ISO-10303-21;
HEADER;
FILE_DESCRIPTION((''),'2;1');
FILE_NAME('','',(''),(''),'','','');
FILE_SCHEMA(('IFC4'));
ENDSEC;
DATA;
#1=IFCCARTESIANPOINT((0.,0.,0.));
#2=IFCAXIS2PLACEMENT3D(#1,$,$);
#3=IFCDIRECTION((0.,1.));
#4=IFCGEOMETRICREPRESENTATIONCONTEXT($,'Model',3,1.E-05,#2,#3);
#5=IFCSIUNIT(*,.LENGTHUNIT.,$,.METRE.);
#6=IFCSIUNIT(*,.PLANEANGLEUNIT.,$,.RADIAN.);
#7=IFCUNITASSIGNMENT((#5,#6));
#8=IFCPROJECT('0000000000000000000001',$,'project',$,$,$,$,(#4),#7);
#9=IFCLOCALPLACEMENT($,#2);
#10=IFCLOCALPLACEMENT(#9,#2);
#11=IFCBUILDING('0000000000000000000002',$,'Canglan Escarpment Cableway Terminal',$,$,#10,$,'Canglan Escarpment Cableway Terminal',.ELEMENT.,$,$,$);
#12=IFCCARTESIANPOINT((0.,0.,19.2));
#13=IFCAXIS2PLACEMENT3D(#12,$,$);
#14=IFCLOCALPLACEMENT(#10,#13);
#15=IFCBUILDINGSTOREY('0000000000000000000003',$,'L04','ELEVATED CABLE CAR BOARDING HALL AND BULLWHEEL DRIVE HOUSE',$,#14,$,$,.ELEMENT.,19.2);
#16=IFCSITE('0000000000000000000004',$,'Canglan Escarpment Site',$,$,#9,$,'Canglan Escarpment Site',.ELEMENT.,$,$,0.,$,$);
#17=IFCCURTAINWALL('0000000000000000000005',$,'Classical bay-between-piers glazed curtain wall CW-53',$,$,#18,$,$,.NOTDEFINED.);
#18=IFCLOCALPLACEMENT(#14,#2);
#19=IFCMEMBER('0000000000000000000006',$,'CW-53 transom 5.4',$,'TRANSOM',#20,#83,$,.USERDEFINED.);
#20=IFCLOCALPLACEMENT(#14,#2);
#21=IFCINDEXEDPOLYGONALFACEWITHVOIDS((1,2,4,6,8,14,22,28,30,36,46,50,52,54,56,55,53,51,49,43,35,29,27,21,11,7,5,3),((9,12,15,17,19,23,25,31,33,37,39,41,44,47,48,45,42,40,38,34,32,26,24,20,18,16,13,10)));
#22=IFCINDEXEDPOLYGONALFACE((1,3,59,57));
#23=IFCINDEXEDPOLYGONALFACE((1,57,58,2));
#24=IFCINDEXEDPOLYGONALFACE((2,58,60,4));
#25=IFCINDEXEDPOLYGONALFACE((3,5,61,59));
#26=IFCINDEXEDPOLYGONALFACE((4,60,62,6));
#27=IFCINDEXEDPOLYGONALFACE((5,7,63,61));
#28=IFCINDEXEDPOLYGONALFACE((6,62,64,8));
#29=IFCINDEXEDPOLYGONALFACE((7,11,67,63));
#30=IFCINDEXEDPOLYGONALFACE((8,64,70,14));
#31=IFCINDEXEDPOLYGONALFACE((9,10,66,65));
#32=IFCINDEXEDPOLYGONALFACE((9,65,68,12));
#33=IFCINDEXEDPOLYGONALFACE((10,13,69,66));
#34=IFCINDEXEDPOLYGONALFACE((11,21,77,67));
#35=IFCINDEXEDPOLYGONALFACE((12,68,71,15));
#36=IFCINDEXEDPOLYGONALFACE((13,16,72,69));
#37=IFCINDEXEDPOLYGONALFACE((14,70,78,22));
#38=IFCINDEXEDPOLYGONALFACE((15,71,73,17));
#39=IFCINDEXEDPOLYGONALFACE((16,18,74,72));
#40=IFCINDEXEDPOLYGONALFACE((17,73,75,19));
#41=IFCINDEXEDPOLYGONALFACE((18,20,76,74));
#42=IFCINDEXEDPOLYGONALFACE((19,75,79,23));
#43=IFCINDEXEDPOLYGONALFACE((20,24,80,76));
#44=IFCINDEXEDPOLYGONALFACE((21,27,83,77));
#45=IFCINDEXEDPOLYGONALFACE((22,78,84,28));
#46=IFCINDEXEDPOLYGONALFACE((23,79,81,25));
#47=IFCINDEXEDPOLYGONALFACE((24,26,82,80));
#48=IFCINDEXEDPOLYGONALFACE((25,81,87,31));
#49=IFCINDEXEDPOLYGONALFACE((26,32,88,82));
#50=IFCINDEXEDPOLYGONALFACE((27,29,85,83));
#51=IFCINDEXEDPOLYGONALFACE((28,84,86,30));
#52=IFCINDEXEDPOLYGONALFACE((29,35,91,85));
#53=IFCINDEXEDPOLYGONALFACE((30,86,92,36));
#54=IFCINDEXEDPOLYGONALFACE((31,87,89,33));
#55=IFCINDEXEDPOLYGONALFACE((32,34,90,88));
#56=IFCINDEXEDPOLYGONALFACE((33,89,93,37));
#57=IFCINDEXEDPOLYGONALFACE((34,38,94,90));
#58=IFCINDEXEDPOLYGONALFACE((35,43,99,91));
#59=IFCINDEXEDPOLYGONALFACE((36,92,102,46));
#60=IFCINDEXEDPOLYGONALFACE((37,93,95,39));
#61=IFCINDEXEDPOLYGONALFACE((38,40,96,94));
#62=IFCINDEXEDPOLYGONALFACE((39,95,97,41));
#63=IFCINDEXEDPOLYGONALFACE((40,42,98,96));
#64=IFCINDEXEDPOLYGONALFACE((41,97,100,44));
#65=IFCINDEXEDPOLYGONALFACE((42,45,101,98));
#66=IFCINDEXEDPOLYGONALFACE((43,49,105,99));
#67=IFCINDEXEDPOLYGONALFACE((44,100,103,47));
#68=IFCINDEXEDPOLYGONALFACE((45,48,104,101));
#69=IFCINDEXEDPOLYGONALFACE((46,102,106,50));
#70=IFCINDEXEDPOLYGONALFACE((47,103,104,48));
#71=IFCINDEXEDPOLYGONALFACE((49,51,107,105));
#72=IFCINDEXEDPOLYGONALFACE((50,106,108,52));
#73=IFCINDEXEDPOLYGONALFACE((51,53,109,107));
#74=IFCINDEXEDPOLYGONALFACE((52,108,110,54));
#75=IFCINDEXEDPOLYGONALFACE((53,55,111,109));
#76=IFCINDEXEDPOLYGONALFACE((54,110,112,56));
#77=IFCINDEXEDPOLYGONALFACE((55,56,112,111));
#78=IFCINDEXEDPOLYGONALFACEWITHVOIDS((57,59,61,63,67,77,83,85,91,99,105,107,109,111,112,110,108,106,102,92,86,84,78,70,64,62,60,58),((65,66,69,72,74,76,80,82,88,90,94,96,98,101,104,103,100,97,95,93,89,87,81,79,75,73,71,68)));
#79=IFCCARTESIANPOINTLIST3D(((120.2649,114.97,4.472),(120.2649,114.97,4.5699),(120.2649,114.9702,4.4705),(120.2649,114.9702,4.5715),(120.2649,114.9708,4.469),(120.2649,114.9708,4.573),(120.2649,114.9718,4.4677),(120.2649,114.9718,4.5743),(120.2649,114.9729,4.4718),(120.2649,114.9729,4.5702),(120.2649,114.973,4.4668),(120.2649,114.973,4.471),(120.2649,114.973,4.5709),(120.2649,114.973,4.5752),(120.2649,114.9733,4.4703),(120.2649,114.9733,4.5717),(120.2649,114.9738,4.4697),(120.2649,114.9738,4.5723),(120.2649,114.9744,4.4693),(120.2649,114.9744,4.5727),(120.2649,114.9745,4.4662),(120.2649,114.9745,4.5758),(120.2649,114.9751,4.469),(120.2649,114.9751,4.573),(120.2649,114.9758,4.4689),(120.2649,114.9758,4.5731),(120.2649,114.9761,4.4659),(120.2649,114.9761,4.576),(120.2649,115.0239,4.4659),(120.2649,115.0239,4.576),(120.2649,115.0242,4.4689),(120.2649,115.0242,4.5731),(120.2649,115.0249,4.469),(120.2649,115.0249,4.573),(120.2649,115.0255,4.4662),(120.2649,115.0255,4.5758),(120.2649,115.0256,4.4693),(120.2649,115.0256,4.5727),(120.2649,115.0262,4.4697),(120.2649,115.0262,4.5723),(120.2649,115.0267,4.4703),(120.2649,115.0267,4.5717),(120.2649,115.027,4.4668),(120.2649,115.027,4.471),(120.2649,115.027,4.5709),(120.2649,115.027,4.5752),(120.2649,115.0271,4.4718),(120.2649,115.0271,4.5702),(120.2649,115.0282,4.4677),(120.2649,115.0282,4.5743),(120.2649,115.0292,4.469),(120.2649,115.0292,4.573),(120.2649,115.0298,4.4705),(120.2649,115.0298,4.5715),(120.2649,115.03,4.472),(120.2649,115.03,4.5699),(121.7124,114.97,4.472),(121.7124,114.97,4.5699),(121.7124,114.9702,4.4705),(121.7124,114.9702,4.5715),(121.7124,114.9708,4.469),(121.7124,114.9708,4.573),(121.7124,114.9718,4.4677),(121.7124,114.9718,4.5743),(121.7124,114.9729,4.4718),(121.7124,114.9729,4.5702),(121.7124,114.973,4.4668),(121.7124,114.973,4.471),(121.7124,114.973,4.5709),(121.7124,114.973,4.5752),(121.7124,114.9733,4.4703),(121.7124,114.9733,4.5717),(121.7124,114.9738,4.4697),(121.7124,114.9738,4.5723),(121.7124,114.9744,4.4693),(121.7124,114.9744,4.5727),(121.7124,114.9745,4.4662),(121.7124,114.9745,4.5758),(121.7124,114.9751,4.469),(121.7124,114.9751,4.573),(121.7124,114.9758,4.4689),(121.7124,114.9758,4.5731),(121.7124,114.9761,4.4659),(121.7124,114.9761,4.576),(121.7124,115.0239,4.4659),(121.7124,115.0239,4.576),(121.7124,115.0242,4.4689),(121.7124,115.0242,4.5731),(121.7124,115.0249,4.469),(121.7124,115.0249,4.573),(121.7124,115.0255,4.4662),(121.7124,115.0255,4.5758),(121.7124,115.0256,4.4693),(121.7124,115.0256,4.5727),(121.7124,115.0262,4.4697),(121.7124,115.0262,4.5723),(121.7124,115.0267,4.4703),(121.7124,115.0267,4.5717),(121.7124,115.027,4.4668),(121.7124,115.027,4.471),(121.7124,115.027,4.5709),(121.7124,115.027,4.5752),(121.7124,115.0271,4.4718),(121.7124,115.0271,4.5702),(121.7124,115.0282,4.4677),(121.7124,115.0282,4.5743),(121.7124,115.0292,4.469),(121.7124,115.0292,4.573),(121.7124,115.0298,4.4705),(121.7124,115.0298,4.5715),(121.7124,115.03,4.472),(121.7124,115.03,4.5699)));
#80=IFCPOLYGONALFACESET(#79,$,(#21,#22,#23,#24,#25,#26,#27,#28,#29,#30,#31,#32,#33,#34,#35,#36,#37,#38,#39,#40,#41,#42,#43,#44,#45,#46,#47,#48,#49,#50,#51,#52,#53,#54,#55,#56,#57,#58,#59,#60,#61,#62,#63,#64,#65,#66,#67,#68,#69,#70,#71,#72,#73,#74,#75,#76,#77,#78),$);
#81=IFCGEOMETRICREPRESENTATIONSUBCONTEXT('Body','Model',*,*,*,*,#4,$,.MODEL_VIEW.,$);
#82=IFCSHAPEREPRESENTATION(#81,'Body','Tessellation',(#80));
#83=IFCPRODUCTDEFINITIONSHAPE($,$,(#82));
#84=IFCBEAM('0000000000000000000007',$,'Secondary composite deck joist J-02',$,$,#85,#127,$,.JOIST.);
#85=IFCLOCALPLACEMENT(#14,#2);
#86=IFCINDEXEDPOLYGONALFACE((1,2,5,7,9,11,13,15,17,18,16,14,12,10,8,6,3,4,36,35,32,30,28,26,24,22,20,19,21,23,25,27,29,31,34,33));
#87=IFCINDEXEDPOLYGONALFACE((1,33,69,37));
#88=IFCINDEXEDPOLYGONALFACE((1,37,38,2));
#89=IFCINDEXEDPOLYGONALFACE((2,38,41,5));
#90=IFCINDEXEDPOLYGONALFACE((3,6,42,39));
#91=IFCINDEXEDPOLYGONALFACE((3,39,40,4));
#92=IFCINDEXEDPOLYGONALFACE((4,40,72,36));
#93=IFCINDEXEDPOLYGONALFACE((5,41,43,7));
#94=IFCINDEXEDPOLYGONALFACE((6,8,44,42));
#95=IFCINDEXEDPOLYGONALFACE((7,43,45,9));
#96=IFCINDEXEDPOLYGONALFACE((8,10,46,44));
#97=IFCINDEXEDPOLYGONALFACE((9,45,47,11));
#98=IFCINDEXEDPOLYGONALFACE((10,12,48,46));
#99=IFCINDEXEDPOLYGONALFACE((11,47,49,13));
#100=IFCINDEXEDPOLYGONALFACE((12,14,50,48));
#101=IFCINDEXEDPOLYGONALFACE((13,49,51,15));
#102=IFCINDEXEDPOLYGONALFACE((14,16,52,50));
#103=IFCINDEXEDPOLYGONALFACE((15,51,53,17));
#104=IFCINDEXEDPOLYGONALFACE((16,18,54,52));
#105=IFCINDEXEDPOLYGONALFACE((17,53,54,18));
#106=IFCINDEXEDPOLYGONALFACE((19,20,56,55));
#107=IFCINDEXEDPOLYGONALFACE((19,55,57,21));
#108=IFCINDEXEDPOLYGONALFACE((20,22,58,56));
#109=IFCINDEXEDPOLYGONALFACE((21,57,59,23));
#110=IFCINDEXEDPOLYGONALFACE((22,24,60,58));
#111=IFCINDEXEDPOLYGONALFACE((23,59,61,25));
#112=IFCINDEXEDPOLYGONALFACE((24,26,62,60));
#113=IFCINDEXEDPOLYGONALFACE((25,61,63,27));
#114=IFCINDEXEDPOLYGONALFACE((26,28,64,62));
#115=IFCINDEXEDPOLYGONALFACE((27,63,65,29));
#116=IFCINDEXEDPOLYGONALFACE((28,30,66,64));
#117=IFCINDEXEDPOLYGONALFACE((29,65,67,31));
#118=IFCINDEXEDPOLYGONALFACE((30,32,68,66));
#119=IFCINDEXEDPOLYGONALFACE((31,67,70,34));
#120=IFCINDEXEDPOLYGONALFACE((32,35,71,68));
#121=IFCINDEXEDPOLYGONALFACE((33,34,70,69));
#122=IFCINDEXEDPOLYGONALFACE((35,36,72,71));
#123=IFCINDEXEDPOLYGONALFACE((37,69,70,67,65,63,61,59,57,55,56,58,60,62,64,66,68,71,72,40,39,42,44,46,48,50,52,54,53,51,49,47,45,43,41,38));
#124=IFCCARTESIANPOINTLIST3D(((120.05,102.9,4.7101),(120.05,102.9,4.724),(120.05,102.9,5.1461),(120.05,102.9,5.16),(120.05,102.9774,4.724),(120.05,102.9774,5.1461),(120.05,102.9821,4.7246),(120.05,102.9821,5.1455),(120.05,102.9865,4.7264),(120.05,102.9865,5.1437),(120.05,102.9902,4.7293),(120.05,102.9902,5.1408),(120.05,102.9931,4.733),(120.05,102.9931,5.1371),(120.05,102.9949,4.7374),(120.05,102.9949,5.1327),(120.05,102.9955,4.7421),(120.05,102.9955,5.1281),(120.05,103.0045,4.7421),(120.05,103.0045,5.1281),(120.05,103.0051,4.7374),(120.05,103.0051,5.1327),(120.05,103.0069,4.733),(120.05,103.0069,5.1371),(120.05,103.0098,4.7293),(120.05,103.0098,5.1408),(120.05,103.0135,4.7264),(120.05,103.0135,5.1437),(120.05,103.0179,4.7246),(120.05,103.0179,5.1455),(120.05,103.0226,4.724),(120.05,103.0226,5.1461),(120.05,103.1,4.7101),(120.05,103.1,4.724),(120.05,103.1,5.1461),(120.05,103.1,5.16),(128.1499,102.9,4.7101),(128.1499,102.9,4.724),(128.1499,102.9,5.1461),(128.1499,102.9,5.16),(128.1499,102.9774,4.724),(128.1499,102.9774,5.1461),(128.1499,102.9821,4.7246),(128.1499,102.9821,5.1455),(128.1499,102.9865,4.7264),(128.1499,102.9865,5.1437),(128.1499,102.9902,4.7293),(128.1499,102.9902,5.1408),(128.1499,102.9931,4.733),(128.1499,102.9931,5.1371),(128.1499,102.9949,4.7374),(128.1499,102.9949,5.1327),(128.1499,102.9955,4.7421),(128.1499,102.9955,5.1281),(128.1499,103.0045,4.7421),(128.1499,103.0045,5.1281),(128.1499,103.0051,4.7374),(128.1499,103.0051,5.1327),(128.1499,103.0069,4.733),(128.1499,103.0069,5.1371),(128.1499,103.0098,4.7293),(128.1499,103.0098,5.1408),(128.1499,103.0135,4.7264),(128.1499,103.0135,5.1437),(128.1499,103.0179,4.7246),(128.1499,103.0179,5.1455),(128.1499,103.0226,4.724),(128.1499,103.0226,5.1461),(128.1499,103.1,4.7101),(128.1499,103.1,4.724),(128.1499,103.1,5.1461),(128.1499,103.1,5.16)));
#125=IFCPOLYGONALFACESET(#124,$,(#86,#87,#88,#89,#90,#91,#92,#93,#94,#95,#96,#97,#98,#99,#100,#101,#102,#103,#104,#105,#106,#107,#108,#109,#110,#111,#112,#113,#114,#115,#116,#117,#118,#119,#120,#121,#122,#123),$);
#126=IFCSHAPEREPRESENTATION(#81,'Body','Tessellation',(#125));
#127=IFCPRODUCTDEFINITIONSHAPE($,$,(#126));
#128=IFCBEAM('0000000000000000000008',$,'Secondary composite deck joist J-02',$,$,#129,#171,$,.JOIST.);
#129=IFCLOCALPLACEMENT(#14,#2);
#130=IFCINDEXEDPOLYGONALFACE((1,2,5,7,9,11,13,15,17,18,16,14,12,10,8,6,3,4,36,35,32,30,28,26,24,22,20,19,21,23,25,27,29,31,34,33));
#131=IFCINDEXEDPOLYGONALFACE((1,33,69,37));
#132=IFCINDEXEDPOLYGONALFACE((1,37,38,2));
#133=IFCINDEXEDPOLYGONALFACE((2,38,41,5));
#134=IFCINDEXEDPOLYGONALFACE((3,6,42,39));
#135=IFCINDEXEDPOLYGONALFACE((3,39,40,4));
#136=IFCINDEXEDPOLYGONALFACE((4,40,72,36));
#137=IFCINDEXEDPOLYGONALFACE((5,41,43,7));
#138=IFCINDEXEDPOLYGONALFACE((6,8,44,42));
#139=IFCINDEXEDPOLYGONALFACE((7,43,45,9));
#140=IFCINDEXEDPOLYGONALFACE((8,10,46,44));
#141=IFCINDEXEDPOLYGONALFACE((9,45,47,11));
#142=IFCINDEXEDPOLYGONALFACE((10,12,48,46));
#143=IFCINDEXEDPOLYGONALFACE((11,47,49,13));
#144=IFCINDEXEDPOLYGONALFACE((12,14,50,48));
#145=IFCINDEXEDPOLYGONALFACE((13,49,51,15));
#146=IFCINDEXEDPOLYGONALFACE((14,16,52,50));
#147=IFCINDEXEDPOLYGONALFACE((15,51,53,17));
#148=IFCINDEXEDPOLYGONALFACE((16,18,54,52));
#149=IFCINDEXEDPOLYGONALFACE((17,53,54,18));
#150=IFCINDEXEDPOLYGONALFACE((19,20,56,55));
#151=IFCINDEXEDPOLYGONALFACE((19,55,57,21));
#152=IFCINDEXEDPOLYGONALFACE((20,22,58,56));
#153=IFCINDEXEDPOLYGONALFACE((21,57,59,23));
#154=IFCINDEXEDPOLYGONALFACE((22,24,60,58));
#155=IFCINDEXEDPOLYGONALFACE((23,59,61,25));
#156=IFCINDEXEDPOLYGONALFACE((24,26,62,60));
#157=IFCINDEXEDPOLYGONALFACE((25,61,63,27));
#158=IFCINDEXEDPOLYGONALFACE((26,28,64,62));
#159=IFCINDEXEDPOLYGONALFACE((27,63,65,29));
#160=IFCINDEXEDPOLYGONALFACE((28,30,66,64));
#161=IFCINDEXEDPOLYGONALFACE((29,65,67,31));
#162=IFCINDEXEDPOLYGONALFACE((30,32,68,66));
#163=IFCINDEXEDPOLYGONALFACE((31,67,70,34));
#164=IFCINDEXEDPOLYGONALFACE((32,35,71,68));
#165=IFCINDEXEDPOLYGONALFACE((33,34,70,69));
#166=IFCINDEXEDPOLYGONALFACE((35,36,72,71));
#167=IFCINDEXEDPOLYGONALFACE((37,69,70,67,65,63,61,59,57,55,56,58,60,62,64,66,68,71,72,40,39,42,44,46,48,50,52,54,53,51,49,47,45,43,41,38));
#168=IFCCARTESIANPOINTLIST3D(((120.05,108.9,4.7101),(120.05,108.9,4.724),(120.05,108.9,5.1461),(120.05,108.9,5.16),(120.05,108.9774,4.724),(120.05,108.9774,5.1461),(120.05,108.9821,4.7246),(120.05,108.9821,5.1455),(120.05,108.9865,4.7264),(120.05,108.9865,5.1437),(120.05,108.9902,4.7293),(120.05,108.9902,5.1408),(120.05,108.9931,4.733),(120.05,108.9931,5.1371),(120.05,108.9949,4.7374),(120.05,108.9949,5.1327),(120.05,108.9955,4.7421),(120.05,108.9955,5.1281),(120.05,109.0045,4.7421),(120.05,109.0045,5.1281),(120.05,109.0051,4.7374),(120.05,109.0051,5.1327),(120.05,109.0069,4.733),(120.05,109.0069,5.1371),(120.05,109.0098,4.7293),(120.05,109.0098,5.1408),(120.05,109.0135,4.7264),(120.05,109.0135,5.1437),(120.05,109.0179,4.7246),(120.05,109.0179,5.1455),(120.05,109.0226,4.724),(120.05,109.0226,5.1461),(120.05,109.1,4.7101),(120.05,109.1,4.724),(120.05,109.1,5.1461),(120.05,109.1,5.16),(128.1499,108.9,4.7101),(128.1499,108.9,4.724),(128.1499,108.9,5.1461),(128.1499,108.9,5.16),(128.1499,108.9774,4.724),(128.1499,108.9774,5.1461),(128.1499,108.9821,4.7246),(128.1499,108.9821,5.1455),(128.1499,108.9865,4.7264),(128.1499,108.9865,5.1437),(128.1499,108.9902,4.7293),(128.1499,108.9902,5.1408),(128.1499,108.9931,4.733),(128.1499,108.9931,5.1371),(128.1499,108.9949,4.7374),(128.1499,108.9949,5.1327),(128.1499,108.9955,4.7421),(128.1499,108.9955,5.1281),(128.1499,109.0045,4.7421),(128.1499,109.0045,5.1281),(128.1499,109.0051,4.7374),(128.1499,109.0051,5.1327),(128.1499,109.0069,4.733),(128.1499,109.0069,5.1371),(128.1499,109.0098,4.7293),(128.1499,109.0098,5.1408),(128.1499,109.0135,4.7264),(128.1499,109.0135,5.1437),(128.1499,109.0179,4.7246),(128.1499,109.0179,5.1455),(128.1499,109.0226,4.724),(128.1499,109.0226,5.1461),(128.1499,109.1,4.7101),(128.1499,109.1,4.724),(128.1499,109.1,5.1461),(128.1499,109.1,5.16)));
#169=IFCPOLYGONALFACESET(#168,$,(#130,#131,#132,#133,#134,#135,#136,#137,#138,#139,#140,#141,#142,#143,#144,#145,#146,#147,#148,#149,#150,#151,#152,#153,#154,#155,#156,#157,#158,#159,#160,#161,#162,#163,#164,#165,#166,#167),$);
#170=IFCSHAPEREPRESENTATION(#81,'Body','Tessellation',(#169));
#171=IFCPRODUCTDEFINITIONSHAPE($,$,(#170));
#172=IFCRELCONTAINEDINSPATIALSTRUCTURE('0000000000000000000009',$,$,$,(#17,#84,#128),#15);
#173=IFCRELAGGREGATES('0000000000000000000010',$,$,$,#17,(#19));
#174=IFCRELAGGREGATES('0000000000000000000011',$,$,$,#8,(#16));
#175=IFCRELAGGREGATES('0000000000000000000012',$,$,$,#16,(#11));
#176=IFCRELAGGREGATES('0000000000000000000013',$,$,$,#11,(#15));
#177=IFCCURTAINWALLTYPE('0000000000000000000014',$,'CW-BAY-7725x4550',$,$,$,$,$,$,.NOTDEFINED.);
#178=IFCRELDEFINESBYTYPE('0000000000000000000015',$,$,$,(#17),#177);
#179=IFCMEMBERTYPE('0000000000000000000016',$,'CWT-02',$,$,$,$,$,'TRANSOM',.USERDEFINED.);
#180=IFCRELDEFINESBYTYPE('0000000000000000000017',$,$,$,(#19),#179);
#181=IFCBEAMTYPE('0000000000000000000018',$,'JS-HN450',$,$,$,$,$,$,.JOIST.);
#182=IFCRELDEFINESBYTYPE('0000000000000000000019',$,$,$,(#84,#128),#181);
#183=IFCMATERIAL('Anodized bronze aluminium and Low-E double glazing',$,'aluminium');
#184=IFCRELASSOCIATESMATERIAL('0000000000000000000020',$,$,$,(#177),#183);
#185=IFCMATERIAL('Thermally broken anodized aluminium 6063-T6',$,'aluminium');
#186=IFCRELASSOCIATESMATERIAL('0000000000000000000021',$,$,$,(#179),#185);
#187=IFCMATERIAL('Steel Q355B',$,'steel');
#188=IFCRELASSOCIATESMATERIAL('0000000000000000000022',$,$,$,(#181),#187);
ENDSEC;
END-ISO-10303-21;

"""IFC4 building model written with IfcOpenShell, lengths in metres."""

from ifc_helpers import new_model, si_unit, direction, frame, origin, origin_2d, place, context, subcontext, project, spatial, hollow_rectangle, i_section, extrude, material, material_profile, profile_set, type_object, element, aggregate, save


model = new_model("IFC4")

# Units and contexts
model_context = context("Model", 3, precision=1e-05, world=origin(), true_north=direction((0.0, 1.0)))
body_context = subcontext(model_context, "Body", "Model", "MODEL_VIEW")
ifc_project = project(units=[si_unit("LENGTHUNIT", "METRE"), si_unit("PLANEANGLEUNIT", "RADIAN")], contexts=[model_context])

# Site, building, storey
site_placement = place(None, origin())
site = spatial("IfcSite", under=ifc_project, at=site_placement, Name="Canglan Escarpment Site", LongName="Canglan Escarpment Site", CompositionType="ELEMENT", RefElevation=0.0)
building_placement = place(site_placement, origin())
building = spatial("IfcBuilding", under=site, at=building_placement, Name="Canglan Escarpment Cableway Terminal", LongName="Canglan Escarpment Cableway Terminal", CompositionType="ELEMENT")
storey_placement = place(building_placement, frame((0.0, 0.0, 19.2)))
storey = spatial("IfcBuildingStorey", under=building, at=storey_placement, Name="L04", Description="ELEVATED CABLE CAR BOARDING HALL AND BULLWHEEL DRIVE HOUSE", CompositionType="ELEMENT", Elevation=19.2)

# Shared definitions
ifc_material_1 = material(Name="Steel Q355B", Category="steel")

# Curtain wall, member
ifc_material_2 = material(Name="Anodized bronze aluminium and Low-E double glazing", Category="aluminium")
curtain_wall_type = type_object("IfcCurtainWallType", Name="CW-BAY-7725x4550", PredefinedType="NOTDEFINED", material=ifc_material_2)
curtain_wall_placement = place(storey_placement, origin())
curtain_wall = element("IfcCurtainWall", 1, at=curtain_wall_placement, inside=storey, type_object=curtain_wall_type, Name="Classical bay-between-piers glazed curtain wall CW-53", PredefinedType="NOTDEFINED")
ifc_material_3 = material(Name="Thermally broken anodized aluminium 6063-T6", Category="aluminium")
ifc_material_profile_1 = material_profile(ifc_material_3, hollow_rectangle(XDim=0.0601, YDim=0.1101, WallThickness=0.0029, InnerFilletRadius=0.0029, OuterFilletRadius=0.0061, at=origin_2d()), Name="ALU-TRAN 60x110x3")
ifc_profile_set_1 = profile_set([ifc_material_profile_1], Name="Thermally broken anodized aluminium 6063-T6")
member_type_1 = type_object("IfcMemberType", Name="CWT-02", ElementType="TRANSOM", PredefinedType="USERDEFINED", material=ifc_profile_set_1)
member_1_placement = place(storey_placement, frame((121.7124, 115.0, 4.521), z_axis=(-1.0, 0.0, 0.0), x_axis=(0.0, -1.0, 0.0)))
member_1 = element("IfcMember", 2, at=member_1_placement, type_object=member_type_1, Name="CW-53 transom 5.4", ObjectType="TRANSOM", PredefinedType="USERDEFINED", context=body_context, shape_type="SweptSolid", body=[
    extrude(hollow_rectangle(XDim=0.0601, YDim=0.1101, WallThickness=0.0029, InnerFilletRadius=0.0029, OuterFilletRadius=0.0061, at=origin_2d()), origin(), (0.0, 0.0, 1.0), 1.4475),
])

# Beams
ifc_material_profile_2 = material_profile(ifc_material_1, i_section(OverallWidth=0.2, OverallDepth=0.45, WebThickness=0.009, FlangeThickness=0.0139, FilletRadius=0.0181, at=origin_2d()), Name="HN 450x200x9x14")
ifc_profile_set_2 = profile_set([ifc_material_profile_2], Name="Steel Q355B")
beam_type_1 = type_object("IfcBeamType", Name="JS-HN450", PredefinedType="JOIST", material=ifc_profile_set_2)
for number, where, z_axis, x_axis, name in (
    (3, (120.05, 103.0, 4.9351), (1.0, 0.0, 0.0), (0.0, 1.0, 0.0), "Secondary composite deck joist J-02"),
    (4, (120.05, 109.0, 4.9351), (1.0, 0.0, 0.0), (0.0, 1.0, 0.0), "Secondary composite deck joist J-02"),
):
    element("IfcBeam", number, at=place(storey_placement, frame(where, z_axis=z_axis, x_axis=x_axis)), inside=storey, type_object=beam_type_1, Name=name, PredefinedType="JOIST", context=body_context, shape_type="SweptSolid", body=[
        extrude(i_section(OverallWidth=0.2, OverallDepth=0.45, WebThickness=0.009, FlangeThickness=0.0139, FilletRadius=0.0181, at=origin_2d()), origin(), (0.0, 0.0, 1.0), 8.0999),
    ])

aggregate(curtain_wall, [member_1])

save(model, "model.ifc")
